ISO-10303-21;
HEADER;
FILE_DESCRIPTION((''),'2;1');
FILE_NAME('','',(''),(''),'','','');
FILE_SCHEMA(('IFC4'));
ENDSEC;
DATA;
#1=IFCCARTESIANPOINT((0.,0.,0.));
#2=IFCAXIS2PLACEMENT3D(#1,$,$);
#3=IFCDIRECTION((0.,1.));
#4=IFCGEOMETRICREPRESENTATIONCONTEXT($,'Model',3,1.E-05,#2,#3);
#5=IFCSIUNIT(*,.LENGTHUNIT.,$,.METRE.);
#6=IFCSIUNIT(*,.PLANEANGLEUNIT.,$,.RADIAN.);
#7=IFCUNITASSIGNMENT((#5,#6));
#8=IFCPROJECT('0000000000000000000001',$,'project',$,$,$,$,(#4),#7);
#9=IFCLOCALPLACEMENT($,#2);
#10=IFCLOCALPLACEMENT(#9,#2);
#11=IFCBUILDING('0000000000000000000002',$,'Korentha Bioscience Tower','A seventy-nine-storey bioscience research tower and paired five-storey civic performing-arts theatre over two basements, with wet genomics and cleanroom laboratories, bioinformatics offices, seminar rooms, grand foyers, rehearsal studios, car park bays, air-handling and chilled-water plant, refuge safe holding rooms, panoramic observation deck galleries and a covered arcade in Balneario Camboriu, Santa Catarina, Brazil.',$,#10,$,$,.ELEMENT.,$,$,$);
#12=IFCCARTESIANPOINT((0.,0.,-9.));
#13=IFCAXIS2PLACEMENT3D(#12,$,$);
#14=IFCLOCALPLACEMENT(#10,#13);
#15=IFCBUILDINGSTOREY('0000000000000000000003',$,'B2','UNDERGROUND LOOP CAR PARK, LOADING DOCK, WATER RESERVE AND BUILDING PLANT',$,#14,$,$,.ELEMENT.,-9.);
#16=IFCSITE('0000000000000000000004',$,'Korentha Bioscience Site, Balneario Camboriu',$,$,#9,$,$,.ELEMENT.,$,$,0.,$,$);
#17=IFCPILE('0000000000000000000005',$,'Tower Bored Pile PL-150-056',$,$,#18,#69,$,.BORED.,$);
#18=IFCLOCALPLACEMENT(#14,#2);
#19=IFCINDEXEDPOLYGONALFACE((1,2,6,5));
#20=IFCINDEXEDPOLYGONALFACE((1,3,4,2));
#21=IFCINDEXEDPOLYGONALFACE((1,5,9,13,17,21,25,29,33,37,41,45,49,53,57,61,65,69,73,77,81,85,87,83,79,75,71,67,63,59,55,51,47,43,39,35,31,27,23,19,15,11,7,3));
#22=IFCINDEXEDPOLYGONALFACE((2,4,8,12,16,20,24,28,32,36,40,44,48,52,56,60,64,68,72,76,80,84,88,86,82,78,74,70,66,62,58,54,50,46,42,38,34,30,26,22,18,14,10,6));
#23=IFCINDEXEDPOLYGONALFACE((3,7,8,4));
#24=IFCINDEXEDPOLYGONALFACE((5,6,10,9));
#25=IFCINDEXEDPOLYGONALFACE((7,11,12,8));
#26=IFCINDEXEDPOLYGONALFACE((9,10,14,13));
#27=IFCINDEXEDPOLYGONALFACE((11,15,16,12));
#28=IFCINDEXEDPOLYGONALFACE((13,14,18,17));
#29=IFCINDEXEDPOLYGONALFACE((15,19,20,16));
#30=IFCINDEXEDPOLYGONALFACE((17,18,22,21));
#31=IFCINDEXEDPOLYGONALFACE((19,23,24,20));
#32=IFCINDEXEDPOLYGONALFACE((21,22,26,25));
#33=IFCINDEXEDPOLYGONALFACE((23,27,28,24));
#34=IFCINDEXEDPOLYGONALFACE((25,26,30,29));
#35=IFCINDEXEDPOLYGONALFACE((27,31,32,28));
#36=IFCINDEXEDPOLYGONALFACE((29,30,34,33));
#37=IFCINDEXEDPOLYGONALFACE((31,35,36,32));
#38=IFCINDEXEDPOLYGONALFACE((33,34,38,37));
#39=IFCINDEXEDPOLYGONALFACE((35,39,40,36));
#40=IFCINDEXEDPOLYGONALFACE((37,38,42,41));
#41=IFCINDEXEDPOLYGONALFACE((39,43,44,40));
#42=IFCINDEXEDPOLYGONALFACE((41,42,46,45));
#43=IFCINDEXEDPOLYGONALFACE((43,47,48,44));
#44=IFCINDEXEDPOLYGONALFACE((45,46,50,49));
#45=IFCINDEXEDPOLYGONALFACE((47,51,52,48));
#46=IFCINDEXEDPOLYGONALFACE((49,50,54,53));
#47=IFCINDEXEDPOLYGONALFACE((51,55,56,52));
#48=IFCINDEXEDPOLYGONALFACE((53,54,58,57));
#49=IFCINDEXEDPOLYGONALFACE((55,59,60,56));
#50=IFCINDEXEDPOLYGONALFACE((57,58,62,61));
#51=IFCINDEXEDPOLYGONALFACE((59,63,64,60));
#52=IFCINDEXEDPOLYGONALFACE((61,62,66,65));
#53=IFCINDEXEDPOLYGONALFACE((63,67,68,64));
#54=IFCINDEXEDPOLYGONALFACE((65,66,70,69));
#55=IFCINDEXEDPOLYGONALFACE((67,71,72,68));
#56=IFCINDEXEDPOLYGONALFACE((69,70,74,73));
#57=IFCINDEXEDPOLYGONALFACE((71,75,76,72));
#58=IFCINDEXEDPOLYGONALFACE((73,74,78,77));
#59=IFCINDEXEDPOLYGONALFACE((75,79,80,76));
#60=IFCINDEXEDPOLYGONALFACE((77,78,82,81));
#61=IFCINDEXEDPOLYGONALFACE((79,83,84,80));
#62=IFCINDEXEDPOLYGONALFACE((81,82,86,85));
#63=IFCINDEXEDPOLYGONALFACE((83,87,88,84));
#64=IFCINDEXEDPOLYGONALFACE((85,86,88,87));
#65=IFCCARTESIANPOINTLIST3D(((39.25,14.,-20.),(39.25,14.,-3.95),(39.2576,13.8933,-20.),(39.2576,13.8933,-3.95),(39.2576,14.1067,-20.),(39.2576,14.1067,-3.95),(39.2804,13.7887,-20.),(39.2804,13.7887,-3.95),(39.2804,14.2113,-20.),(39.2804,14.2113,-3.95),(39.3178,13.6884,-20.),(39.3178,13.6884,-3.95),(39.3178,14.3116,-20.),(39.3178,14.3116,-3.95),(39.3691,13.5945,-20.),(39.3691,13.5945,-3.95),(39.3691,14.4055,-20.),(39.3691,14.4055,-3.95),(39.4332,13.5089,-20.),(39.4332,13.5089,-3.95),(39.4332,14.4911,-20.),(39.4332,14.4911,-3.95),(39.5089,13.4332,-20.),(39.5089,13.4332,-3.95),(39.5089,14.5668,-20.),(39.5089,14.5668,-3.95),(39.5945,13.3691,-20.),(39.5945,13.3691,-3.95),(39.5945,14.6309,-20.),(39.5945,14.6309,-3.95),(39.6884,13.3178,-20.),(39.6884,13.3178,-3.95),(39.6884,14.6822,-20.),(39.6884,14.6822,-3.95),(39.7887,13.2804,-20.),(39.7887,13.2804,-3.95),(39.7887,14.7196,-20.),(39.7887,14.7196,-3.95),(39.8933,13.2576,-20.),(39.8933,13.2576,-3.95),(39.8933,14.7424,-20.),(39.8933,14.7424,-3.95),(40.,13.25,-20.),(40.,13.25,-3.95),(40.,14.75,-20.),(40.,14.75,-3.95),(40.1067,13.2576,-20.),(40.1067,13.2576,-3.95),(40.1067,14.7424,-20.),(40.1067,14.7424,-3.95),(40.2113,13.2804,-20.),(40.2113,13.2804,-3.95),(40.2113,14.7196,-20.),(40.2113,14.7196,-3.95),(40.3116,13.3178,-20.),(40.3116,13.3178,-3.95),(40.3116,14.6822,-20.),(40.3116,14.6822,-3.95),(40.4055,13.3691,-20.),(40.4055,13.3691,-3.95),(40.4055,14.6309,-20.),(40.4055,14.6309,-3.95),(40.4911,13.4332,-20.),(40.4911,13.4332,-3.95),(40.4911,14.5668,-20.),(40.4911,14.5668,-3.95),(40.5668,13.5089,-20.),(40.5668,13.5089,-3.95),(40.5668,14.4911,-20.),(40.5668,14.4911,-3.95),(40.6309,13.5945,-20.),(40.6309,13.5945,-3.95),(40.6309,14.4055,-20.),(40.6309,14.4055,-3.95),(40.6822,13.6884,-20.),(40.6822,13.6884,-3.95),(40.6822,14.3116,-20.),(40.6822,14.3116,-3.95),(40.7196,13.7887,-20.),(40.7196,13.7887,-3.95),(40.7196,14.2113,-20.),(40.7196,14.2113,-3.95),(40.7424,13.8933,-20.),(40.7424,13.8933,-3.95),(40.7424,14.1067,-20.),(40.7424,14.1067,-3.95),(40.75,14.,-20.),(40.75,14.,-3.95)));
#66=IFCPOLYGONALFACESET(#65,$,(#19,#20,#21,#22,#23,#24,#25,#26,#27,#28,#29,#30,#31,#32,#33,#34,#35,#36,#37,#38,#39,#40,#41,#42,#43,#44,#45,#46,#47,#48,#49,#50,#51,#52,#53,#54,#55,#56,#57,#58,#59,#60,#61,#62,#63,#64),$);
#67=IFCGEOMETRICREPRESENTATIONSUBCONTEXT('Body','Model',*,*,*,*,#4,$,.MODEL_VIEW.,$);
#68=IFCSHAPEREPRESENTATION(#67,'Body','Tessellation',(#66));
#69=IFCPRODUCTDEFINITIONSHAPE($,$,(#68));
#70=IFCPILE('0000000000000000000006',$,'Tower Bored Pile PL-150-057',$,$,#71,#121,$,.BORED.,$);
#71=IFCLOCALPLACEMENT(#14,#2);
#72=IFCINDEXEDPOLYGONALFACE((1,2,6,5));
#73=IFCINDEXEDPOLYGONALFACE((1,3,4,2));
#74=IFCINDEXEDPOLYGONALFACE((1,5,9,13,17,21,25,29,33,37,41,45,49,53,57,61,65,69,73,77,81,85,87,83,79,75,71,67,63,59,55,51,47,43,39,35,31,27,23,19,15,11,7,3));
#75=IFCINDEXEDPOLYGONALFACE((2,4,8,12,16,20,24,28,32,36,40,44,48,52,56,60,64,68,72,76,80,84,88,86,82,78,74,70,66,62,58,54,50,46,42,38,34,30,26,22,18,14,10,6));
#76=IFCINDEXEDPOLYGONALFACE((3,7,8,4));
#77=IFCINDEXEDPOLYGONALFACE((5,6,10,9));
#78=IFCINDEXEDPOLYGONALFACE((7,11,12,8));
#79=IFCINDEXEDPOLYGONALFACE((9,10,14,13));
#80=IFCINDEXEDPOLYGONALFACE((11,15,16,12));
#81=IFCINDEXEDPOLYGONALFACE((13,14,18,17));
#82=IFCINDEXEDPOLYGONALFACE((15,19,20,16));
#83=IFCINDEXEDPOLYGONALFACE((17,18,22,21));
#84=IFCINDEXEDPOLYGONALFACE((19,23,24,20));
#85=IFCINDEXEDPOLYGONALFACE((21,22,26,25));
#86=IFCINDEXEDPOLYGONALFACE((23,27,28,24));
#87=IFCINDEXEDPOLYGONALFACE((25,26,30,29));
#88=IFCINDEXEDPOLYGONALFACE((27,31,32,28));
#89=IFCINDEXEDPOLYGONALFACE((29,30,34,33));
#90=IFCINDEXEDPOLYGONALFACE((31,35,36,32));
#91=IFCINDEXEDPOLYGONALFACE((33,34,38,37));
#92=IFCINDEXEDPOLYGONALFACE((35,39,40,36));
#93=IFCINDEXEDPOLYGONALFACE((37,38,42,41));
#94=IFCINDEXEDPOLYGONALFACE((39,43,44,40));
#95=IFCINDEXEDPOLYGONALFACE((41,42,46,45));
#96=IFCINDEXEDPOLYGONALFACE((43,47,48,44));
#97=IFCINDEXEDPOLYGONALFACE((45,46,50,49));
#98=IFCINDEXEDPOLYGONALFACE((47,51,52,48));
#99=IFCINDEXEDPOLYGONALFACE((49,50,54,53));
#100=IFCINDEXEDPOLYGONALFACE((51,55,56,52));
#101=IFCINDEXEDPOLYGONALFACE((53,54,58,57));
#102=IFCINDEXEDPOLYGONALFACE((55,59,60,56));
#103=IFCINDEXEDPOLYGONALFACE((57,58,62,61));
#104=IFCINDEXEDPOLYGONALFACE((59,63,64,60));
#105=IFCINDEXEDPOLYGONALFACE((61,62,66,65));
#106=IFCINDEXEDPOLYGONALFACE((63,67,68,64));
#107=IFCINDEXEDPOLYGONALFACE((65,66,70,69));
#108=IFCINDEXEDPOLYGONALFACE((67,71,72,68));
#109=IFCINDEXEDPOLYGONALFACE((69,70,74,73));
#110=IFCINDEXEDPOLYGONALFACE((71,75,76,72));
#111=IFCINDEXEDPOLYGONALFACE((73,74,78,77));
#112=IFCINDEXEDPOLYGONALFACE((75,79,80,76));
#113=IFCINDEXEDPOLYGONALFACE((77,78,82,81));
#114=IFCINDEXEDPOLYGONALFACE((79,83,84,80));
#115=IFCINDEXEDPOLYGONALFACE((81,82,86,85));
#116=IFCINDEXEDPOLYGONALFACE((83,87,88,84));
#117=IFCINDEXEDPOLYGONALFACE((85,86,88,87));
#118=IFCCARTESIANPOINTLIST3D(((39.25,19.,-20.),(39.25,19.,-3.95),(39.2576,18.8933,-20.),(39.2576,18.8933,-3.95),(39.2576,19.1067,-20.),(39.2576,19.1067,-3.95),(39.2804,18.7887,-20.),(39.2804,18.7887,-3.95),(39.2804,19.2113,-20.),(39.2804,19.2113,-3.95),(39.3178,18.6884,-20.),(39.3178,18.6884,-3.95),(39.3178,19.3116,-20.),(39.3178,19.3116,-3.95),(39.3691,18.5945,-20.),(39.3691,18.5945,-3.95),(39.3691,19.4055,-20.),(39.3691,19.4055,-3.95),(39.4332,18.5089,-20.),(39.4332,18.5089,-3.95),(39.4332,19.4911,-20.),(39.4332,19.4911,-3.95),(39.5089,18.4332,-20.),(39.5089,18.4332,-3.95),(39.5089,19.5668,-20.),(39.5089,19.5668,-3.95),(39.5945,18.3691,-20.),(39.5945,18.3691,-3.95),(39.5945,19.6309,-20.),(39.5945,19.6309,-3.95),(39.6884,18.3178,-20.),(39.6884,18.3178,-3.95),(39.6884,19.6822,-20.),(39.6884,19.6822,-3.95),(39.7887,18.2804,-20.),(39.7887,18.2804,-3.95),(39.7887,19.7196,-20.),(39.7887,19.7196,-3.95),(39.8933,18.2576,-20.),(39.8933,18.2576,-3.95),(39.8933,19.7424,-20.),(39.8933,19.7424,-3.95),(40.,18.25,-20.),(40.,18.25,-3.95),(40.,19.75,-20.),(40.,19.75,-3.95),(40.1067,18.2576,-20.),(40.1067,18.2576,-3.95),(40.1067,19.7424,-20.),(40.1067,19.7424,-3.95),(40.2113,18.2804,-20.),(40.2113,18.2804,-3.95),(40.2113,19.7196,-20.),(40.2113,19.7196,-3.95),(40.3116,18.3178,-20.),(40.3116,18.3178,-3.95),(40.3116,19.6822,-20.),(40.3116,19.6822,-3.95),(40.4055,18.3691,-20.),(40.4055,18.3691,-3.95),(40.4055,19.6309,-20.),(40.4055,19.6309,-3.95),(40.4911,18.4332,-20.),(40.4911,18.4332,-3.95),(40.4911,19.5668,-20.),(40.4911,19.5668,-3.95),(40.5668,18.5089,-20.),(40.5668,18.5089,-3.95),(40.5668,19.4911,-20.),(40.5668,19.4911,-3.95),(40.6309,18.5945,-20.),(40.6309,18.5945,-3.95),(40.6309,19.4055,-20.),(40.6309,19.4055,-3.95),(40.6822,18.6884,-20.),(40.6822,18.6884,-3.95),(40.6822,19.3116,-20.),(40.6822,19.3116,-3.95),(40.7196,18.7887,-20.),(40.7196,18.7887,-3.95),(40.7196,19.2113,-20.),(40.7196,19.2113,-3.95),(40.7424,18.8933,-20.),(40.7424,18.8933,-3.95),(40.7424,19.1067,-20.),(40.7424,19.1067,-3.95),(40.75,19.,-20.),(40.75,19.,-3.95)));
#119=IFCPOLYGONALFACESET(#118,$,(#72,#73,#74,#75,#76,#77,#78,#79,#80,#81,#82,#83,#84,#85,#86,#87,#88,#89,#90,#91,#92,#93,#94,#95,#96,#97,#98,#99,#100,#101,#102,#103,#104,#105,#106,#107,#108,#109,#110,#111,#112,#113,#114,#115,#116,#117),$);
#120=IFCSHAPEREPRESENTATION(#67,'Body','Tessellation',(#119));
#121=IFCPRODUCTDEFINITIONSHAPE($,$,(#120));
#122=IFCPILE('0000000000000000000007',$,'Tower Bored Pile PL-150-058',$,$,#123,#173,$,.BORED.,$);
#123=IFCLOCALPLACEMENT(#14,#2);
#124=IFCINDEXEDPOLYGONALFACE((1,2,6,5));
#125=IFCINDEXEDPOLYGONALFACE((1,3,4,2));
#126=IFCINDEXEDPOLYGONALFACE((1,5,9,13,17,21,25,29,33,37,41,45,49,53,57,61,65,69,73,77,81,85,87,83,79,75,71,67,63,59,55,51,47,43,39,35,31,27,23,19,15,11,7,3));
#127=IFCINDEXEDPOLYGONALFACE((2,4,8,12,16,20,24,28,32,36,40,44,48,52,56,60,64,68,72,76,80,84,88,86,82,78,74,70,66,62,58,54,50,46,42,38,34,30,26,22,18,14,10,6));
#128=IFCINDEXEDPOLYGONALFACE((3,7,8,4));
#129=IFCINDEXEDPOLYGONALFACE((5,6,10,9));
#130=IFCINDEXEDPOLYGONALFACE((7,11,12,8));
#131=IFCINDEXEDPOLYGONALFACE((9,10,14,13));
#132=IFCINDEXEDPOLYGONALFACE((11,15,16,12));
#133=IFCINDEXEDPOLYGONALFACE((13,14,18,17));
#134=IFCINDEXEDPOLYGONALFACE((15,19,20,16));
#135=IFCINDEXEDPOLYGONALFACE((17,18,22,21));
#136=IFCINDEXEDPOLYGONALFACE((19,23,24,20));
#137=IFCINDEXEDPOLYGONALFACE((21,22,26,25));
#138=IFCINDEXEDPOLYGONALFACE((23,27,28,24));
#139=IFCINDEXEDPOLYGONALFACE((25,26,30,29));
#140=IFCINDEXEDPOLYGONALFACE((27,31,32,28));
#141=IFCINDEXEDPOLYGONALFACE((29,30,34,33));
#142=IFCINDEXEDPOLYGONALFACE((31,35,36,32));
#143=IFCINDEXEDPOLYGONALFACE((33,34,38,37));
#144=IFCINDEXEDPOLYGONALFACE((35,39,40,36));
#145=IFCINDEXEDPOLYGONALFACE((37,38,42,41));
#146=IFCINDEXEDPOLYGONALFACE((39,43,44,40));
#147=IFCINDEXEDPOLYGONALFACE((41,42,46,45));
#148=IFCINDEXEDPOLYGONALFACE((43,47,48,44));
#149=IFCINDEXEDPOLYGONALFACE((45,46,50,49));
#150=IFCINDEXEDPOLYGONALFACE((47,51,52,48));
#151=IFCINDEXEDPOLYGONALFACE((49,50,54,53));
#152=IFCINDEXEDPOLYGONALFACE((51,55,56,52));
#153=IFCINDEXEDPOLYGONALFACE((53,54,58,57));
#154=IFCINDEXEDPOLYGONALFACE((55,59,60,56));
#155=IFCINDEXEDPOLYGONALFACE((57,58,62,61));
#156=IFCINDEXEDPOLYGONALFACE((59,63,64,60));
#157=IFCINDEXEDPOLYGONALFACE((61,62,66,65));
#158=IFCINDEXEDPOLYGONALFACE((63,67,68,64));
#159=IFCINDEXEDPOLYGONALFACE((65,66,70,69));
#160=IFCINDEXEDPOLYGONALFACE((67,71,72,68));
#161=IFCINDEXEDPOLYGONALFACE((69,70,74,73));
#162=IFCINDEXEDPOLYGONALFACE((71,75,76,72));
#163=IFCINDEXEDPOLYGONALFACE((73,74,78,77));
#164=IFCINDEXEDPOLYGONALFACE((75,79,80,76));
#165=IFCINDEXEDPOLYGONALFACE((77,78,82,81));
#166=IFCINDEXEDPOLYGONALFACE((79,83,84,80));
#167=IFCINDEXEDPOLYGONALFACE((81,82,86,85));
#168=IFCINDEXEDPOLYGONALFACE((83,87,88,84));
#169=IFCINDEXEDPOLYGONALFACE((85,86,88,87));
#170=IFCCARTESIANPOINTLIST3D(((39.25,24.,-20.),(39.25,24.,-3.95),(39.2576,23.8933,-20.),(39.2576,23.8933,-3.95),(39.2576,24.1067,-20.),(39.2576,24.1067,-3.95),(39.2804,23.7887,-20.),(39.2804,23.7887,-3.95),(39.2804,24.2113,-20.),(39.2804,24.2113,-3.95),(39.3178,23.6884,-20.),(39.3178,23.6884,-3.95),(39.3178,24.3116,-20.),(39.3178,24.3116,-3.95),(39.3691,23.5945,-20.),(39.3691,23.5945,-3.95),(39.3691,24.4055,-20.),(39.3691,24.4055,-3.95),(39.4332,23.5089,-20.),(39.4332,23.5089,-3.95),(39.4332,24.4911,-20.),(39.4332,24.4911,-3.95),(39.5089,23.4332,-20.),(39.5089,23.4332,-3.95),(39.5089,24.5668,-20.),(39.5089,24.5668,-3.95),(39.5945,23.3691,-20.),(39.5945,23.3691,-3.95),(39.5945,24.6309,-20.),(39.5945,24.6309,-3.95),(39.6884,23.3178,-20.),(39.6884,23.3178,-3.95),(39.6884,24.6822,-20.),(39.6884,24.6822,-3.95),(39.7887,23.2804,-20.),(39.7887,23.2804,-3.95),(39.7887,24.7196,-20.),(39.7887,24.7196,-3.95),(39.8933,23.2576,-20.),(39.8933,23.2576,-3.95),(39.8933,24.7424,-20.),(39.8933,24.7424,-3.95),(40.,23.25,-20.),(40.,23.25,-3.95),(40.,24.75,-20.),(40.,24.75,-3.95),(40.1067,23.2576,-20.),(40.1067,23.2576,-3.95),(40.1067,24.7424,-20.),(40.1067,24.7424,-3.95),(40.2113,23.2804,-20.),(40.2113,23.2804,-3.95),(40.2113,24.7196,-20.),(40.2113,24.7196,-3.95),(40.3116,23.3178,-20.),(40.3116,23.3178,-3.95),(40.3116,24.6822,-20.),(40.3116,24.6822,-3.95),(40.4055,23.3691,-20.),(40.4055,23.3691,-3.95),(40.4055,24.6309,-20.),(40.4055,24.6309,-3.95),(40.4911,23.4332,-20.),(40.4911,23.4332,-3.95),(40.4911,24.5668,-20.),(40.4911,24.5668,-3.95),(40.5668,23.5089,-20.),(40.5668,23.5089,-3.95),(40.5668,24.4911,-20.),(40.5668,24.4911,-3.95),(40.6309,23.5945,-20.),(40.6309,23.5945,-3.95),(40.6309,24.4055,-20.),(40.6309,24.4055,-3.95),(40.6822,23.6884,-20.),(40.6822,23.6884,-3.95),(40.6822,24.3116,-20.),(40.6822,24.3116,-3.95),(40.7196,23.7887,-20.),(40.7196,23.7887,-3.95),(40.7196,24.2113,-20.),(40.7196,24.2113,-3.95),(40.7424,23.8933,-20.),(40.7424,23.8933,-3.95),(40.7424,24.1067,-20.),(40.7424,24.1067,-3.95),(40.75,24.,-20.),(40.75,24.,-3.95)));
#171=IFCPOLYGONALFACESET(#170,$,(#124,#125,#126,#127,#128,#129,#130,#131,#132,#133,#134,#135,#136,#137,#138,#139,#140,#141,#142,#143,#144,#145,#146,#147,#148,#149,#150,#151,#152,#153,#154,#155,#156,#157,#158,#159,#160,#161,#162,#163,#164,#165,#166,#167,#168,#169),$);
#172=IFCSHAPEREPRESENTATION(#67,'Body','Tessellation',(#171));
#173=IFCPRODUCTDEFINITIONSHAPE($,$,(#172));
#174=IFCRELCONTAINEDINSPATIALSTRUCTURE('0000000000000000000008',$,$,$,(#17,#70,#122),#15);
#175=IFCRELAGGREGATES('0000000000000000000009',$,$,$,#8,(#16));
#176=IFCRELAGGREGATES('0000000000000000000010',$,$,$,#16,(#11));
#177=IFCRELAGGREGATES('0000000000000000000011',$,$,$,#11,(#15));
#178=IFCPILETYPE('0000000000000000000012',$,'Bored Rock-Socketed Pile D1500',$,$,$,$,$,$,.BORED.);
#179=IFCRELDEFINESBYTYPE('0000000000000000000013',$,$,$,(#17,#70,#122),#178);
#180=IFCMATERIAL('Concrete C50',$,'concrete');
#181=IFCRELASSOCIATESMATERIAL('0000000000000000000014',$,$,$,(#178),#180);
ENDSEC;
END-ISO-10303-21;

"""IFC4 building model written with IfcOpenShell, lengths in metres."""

from ifc_helpers import new_model, si_unit, direction, frame, origin, origin_2d, place, context, subcontext, project, spatial, circle, extrude, material, material_profile, profile_set, type_object, element, save


model = new_model("IFC4")

# Units and contexts
model_context = context("Model", 3, precision=1e-05, world=origin(), true_north=direction((0.0, 1.0)))
body_context = subcontext(model_context, "Body", "Model", "MODEL_VIEW")
ifc_project = project(units=[si_unit("LENGTHUNIT", "METRE"), si_unit("PLANEANGLEUNIT", "RADIAN")], contexts=[model_context])

# Site, building, storey
site_placement = place(None, origin())
site = spatial("IfcSite", under=ifc_project, at=site_placement, Name="Korentha Bioscience Site, Balneario Camboriu", CompositionType="ELEMENT", RefElevation=0.0)
building_placement = place(site_placement, origin())
building = spatial("IfcBuilding", under=site, at=building_placement, Name="Korentha Bioscience Tower", Description="A seventy-nine-storey bioscience research tower and paired five-storey civic performing-arts theatre over two basements, with wet genomics and cleanroom laboratories, bioinformatics offices, seminar rooms, grand foyers, rehearsal studios, car park bays, air-handling and chilled-water plant, refuge safe holding rooms, panoramic observation deck galleries and a covered arcade in Balneario Camboriu, Santa Catarina, Brazil.", CompositionType="ELEMENT")
storey_placement = place(building_placement, frame((0.0, 0.0, -9.0)))
storey = spatial("IfcBuildingStorey", under=building, at=storey_placement, Name="B2", Description="UNDERGROUND LOOP CAR PARK, LOADING DOCK, WATER RESERVE AND BUILDING PLANT", CompositionType="ELEMENT", Elevation=-9.0)

# Piles
ifc_material_1 = material(Name="Concrete C50", Category="concrete")
ifc_material_profile_1 = material_profile(ifc_material_1, circle(Radius=0.75, at=origin_2d()), Name="Concrete C50")
ifc_profile_set_1 = profile_set([ifc_material_profile_1], Name="Concrete C50 (PL-150)")
pile_type = type_object("IfcPileType", Name="Bored Rock-Socketed Pile D1500", PredefinedType="BORED", material=ifc_profile_set_1)
for number, where, z_axis, x_axis, name in (
    (1, (40.0, 14.0, -3.95), (0.0, 0.0, -1.0), (1.0, 0.0, 0.0), "Tower Bored Pile PL-150-056"),
    (2, (40.0, 19.0, -3.95), (0.0, 0.0, -1.0), (1.0, 0.0, 0.0), "Tower Bored Pile PL-150-057"),
    (3, (40.0, 24.0, -3.95), (0.0, 0.0, -1.0), (1.0, 0.0, 0.0), "Tower Bored Pile PL-150-058"),
):
    element("IfcPile", number, at=place(storey_placement, frame(where, z_axis=z_axis, x_axis=x_axis)), inside=storey, type_object=pile_type, Name=name, PredefinedType="BORED", context=body_context, shape_type="SweptSolid", body=[
        extrude(circle(Radius=0.75, at=origin_2d()), origin(), (0.0, 0.0, 1.0), 16.05),
    ])

save(model, "model.ifc")
